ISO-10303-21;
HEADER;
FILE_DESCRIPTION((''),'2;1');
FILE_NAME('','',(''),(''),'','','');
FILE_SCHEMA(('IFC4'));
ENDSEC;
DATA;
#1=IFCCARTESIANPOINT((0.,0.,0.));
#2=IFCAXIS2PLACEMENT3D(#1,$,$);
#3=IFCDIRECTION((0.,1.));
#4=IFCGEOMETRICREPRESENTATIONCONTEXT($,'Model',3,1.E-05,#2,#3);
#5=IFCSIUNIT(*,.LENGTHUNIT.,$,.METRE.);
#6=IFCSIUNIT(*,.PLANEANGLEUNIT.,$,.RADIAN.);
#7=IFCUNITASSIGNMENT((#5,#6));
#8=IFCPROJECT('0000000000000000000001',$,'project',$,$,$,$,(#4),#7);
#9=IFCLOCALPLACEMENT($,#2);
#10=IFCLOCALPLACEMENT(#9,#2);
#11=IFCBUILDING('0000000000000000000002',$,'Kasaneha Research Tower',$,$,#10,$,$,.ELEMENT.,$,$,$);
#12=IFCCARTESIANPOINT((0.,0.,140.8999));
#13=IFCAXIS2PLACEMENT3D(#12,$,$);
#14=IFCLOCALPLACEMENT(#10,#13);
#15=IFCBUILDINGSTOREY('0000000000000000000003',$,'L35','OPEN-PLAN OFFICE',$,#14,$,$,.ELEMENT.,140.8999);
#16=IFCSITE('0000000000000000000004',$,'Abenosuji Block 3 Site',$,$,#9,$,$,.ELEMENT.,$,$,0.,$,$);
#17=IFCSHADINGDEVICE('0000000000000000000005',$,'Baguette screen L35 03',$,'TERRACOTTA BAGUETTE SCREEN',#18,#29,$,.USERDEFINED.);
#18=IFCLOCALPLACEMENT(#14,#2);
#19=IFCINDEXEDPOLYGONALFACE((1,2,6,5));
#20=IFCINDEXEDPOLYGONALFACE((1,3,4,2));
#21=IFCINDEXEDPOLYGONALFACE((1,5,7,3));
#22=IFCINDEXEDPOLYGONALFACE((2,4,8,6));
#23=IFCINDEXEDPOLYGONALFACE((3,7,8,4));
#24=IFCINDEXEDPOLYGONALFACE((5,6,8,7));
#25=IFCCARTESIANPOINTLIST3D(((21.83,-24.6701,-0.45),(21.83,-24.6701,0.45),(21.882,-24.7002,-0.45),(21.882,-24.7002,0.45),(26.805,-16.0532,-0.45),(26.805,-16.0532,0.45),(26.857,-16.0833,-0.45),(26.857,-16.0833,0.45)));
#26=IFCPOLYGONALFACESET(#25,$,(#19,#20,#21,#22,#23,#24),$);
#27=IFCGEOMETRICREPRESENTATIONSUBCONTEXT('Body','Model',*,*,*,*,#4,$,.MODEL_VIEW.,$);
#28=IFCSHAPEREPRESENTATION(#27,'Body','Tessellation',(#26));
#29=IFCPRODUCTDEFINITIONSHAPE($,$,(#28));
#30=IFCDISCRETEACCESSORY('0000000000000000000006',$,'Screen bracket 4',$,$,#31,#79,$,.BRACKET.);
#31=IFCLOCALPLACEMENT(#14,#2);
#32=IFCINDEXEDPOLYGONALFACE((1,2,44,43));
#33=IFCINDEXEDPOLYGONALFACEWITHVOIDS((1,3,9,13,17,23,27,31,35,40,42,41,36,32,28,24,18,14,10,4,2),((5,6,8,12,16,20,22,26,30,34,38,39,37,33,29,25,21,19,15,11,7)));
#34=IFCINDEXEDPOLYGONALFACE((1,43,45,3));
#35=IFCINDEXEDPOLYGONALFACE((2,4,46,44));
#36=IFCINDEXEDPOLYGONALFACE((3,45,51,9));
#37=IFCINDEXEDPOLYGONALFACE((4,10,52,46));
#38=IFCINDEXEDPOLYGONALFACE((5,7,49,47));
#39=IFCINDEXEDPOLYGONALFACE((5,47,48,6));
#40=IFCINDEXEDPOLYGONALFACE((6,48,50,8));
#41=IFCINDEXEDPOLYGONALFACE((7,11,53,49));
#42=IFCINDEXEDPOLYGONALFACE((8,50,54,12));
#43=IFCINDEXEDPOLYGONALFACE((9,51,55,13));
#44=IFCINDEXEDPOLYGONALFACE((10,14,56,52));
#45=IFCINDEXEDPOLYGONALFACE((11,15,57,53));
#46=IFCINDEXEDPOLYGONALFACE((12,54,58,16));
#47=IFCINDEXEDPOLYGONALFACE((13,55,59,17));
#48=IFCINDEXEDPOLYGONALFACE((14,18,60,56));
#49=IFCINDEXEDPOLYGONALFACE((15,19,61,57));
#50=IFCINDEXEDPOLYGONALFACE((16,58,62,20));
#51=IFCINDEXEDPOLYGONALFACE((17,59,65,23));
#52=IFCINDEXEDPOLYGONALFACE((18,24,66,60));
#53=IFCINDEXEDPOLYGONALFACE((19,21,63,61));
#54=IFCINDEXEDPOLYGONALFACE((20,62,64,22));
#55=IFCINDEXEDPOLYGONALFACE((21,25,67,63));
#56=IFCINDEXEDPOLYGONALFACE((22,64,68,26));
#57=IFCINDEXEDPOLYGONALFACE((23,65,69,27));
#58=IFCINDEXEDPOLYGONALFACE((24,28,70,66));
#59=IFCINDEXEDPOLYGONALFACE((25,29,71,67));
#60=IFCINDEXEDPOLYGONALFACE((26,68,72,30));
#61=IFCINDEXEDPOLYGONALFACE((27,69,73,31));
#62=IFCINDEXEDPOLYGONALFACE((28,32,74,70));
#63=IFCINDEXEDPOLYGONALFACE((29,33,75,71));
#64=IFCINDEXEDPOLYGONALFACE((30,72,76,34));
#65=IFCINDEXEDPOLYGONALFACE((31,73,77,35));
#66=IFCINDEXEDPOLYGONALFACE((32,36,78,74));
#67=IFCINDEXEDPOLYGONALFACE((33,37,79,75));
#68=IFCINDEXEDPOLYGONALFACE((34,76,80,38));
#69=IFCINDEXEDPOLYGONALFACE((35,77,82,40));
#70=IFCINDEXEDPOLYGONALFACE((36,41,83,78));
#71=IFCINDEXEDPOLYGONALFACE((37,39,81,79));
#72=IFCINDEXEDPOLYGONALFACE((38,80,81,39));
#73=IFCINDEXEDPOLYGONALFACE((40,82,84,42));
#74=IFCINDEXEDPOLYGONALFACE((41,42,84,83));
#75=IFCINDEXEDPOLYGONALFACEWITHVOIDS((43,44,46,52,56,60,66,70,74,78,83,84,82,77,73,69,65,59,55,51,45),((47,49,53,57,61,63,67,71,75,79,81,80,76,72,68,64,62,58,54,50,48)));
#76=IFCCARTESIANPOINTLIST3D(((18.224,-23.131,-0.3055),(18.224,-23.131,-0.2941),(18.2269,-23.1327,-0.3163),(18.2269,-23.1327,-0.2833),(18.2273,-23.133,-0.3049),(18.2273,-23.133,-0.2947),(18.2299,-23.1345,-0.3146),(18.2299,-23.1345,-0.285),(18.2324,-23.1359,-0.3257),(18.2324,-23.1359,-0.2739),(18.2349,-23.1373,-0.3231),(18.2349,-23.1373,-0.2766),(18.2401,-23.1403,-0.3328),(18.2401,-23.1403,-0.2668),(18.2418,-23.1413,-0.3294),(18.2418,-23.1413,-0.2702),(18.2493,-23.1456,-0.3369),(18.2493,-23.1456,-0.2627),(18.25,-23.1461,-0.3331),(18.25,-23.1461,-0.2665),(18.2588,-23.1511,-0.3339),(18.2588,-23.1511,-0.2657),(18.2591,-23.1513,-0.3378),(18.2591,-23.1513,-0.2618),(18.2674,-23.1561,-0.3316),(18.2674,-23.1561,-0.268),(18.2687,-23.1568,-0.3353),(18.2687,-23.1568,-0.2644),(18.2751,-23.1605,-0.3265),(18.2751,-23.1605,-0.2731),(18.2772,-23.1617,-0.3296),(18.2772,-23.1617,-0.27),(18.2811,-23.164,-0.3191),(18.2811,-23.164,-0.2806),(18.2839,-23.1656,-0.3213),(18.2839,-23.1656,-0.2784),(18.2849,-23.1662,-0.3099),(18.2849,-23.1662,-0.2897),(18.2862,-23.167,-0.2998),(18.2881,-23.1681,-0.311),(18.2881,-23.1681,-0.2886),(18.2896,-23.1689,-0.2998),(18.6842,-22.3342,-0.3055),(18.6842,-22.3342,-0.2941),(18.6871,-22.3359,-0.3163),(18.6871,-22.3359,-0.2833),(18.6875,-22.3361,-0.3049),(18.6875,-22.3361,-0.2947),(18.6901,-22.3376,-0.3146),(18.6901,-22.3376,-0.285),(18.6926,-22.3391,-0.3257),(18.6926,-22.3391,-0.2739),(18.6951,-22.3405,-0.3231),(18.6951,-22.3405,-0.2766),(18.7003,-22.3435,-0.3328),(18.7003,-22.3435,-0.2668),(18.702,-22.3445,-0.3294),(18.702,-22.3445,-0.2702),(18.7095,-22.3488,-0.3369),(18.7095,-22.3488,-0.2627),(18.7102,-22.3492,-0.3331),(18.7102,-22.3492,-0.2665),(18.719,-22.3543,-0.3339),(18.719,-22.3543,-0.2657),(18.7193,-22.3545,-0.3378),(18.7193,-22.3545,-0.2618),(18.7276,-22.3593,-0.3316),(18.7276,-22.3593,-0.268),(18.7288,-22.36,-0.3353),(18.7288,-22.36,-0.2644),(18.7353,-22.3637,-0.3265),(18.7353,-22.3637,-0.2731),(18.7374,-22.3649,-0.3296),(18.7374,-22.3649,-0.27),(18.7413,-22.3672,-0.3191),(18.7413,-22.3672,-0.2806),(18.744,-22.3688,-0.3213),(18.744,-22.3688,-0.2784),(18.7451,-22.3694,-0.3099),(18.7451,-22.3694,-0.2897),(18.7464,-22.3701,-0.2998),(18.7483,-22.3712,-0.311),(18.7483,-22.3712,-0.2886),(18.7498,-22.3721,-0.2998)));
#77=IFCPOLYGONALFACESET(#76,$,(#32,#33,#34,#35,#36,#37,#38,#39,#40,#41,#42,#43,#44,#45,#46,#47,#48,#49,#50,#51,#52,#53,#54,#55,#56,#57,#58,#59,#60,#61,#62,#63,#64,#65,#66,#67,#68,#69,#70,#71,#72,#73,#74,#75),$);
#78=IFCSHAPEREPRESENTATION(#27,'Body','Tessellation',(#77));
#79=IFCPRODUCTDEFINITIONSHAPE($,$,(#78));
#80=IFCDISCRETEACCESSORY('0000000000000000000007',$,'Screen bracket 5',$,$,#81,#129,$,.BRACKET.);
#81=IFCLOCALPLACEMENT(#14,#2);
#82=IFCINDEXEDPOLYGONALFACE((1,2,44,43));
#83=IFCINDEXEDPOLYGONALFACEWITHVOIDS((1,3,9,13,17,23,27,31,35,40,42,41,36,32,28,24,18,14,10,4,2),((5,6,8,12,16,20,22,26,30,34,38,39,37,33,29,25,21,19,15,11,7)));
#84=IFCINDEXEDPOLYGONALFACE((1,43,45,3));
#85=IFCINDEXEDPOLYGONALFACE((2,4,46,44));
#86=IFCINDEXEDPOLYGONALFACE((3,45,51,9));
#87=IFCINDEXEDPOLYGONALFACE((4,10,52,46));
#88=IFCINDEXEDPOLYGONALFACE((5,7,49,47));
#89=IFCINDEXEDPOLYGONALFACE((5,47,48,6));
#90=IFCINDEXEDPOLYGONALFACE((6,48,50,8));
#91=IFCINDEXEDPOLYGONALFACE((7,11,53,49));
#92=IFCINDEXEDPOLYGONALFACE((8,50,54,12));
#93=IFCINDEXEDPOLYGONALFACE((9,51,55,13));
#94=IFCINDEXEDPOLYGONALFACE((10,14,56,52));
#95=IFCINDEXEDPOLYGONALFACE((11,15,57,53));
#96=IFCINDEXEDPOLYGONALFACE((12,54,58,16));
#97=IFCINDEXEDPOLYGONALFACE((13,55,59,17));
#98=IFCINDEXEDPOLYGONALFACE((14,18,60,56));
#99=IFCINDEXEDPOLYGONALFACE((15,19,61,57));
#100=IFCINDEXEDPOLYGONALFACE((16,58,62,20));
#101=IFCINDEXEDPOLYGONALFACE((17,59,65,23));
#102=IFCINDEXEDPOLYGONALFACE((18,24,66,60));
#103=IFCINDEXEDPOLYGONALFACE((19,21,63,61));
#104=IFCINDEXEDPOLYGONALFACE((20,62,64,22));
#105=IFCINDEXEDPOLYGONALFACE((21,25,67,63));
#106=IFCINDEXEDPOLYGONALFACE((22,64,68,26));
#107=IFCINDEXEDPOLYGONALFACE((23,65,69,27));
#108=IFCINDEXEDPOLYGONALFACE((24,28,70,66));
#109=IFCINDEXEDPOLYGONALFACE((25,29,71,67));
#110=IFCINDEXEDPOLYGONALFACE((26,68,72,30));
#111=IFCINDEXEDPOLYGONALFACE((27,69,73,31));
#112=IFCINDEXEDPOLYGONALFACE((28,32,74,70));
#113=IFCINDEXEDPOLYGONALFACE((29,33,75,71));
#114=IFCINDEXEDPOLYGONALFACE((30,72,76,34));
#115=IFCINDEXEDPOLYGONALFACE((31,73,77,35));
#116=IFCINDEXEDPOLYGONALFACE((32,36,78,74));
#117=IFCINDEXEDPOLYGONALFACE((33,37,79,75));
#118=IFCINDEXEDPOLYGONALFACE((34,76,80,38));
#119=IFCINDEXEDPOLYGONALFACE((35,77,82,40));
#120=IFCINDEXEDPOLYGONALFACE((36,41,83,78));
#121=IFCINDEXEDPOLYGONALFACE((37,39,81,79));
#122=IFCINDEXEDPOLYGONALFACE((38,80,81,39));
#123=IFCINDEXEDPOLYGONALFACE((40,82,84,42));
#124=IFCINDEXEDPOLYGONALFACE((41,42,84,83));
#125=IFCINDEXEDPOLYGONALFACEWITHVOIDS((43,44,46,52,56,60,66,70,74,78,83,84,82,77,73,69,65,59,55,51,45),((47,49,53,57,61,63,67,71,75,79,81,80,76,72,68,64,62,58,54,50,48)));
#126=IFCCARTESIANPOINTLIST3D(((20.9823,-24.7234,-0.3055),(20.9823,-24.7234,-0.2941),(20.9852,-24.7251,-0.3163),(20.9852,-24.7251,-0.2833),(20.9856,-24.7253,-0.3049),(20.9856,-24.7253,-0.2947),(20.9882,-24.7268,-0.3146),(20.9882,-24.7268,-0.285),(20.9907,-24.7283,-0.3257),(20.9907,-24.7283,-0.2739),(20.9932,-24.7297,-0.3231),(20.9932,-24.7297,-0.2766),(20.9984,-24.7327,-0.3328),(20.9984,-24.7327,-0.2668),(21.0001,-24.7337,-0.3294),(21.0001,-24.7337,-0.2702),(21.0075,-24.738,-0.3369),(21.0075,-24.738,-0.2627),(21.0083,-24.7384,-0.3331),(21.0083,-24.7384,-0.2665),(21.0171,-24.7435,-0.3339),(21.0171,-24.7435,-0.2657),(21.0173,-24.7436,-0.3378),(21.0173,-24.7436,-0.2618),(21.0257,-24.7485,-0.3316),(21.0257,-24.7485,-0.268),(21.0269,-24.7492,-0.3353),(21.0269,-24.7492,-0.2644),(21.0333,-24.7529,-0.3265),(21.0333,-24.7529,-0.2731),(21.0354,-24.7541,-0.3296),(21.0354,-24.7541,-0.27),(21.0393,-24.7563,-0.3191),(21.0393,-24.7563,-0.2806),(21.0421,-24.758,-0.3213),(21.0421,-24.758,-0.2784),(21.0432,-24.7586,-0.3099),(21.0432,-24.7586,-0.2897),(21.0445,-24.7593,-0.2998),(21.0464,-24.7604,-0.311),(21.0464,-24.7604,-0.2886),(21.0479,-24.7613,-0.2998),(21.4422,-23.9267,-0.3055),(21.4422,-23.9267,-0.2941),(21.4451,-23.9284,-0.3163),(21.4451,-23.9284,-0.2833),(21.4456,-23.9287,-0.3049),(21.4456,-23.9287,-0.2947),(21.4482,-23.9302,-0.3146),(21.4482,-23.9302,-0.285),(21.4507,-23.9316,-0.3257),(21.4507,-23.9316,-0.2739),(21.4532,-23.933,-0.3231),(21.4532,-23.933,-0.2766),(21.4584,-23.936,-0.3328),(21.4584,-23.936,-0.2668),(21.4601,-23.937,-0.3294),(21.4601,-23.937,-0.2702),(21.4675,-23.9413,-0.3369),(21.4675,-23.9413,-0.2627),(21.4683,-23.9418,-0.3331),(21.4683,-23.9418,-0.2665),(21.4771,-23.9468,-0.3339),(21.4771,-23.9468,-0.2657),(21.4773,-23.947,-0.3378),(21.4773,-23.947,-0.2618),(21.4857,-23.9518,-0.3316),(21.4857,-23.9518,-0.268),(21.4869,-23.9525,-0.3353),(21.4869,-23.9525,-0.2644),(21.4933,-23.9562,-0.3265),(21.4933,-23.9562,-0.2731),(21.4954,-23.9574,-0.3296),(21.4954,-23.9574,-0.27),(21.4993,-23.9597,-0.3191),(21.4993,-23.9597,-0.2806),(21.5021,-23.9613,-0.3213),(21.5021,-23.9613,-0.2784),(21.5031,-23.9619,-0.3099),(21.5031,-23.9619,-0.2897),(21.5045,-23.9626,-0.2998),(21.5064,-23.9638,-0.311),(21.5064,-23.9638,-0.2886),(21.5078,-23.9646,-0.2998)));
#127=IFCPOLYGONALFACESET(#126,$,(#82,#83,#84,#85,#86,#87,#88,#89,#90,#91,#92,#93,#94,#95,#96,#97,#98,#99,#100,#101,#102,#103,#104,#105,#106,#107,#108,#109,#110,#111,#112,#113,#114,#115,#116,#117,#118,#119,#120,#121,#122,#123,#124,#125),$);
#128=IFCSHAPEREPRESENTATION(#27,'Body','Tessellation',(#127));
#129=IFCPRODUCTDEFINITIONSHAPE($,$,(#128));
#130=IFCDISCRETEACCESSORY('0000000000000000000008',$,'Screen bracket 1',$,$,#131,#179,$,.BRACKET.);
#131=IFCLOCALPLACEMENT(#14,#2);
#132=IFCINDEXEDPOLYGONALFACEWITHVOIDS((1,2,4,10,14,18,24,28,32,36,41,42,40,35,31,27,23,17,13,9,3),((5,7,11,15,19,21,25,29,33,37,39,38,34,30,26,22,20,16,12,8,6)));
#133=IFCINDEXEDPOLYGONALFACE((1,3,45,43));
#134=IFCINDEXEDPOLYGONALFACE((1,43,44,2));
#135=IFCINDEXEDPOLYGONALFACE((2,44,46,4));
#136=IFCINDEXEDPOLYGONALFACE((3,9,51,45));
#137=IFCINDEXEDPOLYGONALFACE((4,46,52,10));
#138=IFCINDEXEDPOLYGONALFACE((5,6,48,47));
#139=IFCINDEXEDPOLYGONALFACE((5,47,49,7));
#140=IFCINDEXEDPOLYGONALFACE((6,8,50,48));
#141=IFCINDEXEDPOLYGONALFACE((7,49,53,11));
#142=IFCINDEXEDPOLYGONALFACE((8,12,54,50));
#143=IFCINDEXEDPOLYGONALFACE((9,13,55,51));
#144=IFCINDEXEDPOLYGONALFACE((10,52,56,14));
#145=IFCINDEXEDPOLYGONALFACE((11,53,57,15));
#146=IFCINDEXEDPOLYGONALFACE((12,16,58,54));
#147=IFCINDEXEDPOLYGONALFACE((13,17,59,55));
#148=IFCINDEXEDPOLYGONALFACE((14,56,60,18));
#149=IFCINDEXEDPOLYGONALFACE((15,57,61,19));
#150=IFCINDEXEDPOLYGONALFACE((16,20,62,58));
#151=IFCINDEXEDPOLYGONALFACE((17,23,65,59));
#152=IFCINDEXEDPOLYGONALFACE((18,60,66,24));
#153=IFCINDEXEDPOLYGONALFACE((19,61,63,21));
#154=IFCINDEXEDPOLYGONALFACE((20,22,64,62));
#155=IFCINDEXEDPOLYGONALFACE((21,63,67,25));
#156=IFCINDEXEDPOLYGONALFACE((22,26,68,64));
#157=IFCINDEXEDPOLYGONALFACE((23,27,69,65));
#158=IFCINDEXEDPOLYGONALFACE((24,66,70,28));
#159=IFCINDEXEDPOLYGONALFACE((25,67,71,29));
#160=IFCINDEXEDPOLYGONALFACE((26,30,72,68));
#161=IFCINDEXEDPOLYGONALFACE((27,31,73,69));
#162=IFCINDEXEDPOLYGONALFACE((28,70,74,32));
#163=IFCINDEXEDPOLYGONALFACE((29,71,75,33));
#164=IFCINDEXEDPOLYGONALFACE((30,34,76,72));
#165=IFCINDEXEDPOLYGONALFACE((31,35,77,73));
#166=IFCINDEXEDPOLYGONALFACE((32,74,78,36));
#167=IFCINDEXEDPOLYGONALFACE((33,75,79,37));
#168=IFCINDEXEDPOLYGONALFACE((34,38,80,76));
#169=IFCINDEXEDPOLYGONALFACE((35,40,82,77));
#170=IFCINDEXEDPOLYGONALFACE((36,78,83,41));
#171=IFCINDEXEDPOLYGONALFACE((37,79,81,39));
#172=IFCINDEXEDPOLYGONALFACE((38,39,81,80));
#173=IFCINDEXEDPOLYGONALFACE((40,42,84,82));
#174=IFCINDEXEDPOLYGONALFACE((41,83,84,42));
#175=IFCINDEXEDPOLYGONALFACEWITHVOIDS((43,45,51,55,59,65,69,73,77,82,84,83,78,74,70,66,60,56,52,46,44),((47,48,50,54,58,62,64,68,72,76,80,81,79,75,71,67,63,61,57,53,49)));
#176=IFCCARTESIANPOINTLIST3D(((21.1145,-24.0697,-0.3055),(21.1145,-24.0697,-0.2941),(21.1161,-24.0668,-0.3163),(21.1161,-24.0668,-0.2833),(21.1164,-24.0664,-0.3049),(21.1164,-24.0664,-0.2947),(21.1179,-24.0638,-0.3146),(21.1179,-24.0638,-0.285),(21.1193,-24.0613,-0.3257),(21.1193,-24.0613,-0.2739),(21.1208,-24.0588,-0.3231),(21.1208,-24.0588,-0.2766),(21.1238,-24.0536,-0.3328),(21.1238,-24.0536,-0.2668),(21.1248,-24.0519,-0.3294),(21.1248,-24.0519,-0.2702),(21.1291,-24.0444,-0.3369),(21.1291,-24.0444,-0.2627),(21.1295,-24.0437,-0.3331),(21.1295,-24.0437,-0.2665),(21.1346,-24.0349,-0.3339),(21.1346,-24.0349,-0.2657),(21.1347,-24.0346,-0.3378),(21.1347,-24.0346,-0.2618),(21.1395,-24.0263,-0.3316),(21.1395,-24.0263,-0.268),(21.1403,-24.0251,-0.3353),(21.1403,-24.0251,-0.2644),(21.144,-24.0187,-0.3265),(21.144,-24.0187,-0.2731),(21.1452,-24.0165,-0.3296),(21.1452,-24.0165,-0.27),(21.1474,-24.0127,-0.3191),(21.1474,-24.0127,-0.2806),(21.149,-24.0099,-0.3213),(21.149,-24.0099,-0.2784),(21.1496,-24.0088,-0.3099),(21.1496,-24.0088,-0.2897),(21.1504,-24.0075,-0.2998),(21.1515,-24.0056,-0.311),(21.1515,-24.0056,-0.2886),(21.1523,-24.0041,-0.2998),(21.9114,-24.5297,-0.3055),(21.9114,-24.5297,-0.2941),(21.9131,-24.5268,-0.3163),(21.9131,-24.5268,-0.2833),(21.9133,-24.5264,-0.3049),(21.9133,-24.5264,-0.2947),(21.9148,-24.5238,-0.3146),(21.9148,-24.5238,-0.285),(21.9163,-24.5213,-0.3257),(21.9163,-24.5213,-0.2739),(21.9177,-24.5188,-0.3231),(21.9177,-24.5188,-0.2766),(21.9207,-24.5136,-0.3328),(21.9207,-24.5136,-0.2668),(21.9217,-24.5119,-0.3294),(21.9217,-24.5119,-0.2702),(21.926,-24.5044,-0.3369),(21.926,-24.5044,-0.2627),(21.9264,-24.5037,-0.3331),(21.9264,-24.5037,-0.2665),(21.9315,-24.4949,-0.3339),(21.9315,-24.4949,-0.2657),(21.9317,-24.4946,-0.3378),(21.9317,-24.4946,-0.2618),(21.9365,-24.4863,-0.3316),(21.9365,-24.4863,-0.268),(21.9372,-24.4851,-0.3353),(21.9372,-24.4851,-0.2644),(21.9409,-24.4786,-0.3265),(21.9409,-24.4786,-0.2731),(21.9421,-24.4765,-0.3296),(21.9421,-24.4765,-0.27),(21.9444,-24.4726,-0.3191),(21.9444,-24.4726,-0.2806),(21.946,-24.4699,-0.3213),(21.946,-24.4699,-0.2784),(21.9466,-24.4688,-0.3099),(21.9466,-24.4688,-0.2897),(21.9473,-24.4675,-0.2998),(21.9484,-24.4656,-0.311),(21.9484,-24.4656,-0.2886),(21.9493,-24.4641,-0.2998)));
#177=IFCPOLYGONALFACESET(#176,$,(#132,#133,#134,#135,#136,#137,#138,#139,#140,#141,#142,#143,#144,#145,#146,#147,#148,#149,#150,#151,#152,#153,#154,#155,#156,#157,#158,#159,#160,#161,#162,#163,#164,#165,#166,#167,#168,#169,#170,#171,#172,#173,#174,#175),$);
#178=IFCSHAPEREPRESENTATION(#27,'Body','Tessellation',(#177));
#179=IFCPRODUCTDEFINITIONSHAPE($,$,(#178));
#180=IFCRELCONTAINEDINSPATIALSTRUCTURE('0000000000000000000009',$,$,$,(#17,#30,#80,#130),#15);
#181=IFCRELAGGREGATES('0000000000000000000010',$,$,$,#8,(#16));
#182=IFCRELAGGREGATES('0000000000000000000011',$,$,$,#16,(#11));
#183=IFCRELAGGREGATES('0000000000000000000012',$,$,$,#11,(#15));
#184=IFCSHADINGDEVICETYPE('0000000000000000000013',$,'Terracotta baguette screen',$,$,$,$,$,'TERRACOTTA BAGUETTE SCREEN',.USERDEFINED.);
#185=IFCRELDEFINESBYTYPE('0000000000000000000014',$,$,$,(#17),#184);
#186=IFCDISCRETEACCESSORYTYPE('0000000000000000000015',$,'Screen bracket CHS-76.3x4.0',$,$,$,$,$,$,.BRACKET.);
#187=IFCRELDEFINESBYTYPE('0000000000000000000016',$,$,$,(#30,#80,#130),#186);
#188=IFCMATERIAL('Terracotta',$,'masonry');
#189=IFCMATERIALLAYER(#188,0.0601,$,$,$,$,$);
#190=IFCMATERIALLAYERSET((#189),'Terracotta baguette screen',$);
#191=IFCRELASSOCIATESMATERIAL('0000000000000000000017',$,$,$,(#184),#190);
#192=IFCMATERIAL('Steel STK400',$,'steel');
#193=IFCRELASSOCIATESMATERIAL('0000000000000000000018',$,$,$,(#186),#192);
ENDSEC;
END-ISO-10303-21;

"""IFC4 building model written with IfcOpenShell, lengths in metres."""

from ifc_helpers import new_model, si_unit, direction, frame, origin, origin_2d, place, context, subcontext, project, spatial, rectangle, hollow_circle, extrude, material, layer, layer_set, material_profile, profile_set, type_object, element, save


model = new_model("IFC4")

# Units and contexts
model_context = context("Model", 3, precision=1e-05, world=origin(), true_north=direction((0.0, 1.0)))
body_context = subcontext(model_context, "Body", "Model", "MODEL_VIEW")
ifc_project = project(units=[si_unit("LENGTHUNIT", "METRE"), si_unit("PLANEANGLEUNIT", "RADIAN")], contexts=[model_context])

# Site, building, storey
site_placement = place(None, origin())
site = spatial("IfcSite", under=ifc_project, at=site_placement, Name="Abenosuji Block 3 Site", CompositionType="ELEMENT", RefElevation=0.0)
building_placement = place(site_placement, origin())
building = spatial("IfcBuilding", under=site, at=building_placement, Name="Kasaneha Research Tower", CompositionType="ELEMENT")
storey_placement = place(building_placement, frame((0.0, 0.0, 140.8999)))
storey = spatial("IfcBuildingStorey", under=building, at=storey_placement, Name="L35", Description="OPEN-PLAN OFFICE", CompositionType="ELEMENT", Elevation=140.8999)

# Shading device
ifc_material_1 = material(Name="Terracotta", Category="masonry")
ifc_layer_1 = layer(ifc_material_1, 0.0601)
ifc_layer_set_1 = layer_set([ifc_layer_1], Name="Terracotta baguette screen")
shading_device_type = type_object("IfcShadingDeviceType", Name="Terracotta baguette screen", ElementType="TERRACOTTA BAGUETTE SCREEN", PredefinedType="USERDEFINED", material=ifc_layer_set_1)
shading_device_placement = place(storey_placement, frame((24.3435, -20.3767, -0.45), z_axis=(0.0, 0.0, 1.0), x_axis=(0.5, 0.866025, 0.0)))
element("IfcShadingDevice", 1, at=shading_device_placement, inside=storey, type_object=shading_device_type, Name="Baguette screen L35 03", ObjectType="TERRACOTTA BAGUETTE SCREEN", PredefinedType="USERDEFINED", context=body_context, shape_type="SweptSolid", body=[
    extrude(rectangle(XDim=9.95, YDim=0.0601, at=origin_2d()), origin(), (0.0, 0.0, 1.0), 0.8999),
])

# Discrete accessories
ifc_material_2 = material(Name="Steel STK400", Category="steel")
ifc_material_profile_1 = material_profile(ifc_material_2, hollow_circle(Radius=0.0381, WallThickness=0.0039, at=origin_2d()), Name="CHS-76.3x4.0")
ifc_profile_set_1 = profile_set([ifc_material_profile_1], Name="Steel STK400")
discrete_accessory_type = type_object("IfcDiscreteAccessoryType", Name="Screen bracket CHS-76.3x4.0", PredefinedType="BRACKET", material=ifc_profile_set_1)
discrete_accessory_1_placement = place(storey_placement, frame((18.7168, -22.353, -0.2998), z_axis=(-0.500105, -0.865965, 0.0), x_axis=(0.865965, -0.500105, 0.0)))
element("IfcDiscreteAccessory", 2, at=discrete_accessory_1_placement, inside=storey, type_object=discrete_accessory_type, Name="Screen bracket 4", PredefinedType="BRACKET", context=body_context, shape_type="SweptSolid", body=[
    extrude(hollow_circle(Radius=0.0381, WallThickness=0.0039, at=origin_2d()), origin(), (0.0, 0.0, 1.0), 0.9202),
])
discrete_accessory_2_placement = place(storey_placement, frame((21.4749, -23.9456, -0.2998), z_axis=(-0.500021, -0.866013, 0.0), x_axis=(0.866013, -0.500021, 0.0)))
element("IfcDiscreteAccessory", 3, at=discrete_accessory_2_placement, inside=storey, type_object=discrete_accessory_type, Name="Screen bracket 5", PredefinedType="BRACKET", context=body_context, shape_type="SweptSolid", body=[
    extrude(hollow_circle(Radius=0.0381, WallThickness=0.0039, at=origin_2d()), origin(), (0.0, 0.0, 1.0), 0.9199),
])
discrete_accessory_3_placement = place(storey_placement, frame((21.1333, -24.0371, -0.2998), z_axis=(0.86608, -0.499906, 0.0), x_axis=(0.499906, 0.86608, 0.0)))
element("IfcDiscreteAccessory", 4, at=discrete_accessory_3_placement, inside=storey, type_object=discrete_accessory_type, Name="Screen bracket 1", PredefinedType="BRACKET", context=body_context, shape_type="SweptSolid", body=[
    extrude(hollow_circle(Radius=0.0381, WallThickness=0.0039, at=origin_2d()), origin(), (0.0, 0.0, 1.0), 0.9202),
])

save(model, "model.ifc")
